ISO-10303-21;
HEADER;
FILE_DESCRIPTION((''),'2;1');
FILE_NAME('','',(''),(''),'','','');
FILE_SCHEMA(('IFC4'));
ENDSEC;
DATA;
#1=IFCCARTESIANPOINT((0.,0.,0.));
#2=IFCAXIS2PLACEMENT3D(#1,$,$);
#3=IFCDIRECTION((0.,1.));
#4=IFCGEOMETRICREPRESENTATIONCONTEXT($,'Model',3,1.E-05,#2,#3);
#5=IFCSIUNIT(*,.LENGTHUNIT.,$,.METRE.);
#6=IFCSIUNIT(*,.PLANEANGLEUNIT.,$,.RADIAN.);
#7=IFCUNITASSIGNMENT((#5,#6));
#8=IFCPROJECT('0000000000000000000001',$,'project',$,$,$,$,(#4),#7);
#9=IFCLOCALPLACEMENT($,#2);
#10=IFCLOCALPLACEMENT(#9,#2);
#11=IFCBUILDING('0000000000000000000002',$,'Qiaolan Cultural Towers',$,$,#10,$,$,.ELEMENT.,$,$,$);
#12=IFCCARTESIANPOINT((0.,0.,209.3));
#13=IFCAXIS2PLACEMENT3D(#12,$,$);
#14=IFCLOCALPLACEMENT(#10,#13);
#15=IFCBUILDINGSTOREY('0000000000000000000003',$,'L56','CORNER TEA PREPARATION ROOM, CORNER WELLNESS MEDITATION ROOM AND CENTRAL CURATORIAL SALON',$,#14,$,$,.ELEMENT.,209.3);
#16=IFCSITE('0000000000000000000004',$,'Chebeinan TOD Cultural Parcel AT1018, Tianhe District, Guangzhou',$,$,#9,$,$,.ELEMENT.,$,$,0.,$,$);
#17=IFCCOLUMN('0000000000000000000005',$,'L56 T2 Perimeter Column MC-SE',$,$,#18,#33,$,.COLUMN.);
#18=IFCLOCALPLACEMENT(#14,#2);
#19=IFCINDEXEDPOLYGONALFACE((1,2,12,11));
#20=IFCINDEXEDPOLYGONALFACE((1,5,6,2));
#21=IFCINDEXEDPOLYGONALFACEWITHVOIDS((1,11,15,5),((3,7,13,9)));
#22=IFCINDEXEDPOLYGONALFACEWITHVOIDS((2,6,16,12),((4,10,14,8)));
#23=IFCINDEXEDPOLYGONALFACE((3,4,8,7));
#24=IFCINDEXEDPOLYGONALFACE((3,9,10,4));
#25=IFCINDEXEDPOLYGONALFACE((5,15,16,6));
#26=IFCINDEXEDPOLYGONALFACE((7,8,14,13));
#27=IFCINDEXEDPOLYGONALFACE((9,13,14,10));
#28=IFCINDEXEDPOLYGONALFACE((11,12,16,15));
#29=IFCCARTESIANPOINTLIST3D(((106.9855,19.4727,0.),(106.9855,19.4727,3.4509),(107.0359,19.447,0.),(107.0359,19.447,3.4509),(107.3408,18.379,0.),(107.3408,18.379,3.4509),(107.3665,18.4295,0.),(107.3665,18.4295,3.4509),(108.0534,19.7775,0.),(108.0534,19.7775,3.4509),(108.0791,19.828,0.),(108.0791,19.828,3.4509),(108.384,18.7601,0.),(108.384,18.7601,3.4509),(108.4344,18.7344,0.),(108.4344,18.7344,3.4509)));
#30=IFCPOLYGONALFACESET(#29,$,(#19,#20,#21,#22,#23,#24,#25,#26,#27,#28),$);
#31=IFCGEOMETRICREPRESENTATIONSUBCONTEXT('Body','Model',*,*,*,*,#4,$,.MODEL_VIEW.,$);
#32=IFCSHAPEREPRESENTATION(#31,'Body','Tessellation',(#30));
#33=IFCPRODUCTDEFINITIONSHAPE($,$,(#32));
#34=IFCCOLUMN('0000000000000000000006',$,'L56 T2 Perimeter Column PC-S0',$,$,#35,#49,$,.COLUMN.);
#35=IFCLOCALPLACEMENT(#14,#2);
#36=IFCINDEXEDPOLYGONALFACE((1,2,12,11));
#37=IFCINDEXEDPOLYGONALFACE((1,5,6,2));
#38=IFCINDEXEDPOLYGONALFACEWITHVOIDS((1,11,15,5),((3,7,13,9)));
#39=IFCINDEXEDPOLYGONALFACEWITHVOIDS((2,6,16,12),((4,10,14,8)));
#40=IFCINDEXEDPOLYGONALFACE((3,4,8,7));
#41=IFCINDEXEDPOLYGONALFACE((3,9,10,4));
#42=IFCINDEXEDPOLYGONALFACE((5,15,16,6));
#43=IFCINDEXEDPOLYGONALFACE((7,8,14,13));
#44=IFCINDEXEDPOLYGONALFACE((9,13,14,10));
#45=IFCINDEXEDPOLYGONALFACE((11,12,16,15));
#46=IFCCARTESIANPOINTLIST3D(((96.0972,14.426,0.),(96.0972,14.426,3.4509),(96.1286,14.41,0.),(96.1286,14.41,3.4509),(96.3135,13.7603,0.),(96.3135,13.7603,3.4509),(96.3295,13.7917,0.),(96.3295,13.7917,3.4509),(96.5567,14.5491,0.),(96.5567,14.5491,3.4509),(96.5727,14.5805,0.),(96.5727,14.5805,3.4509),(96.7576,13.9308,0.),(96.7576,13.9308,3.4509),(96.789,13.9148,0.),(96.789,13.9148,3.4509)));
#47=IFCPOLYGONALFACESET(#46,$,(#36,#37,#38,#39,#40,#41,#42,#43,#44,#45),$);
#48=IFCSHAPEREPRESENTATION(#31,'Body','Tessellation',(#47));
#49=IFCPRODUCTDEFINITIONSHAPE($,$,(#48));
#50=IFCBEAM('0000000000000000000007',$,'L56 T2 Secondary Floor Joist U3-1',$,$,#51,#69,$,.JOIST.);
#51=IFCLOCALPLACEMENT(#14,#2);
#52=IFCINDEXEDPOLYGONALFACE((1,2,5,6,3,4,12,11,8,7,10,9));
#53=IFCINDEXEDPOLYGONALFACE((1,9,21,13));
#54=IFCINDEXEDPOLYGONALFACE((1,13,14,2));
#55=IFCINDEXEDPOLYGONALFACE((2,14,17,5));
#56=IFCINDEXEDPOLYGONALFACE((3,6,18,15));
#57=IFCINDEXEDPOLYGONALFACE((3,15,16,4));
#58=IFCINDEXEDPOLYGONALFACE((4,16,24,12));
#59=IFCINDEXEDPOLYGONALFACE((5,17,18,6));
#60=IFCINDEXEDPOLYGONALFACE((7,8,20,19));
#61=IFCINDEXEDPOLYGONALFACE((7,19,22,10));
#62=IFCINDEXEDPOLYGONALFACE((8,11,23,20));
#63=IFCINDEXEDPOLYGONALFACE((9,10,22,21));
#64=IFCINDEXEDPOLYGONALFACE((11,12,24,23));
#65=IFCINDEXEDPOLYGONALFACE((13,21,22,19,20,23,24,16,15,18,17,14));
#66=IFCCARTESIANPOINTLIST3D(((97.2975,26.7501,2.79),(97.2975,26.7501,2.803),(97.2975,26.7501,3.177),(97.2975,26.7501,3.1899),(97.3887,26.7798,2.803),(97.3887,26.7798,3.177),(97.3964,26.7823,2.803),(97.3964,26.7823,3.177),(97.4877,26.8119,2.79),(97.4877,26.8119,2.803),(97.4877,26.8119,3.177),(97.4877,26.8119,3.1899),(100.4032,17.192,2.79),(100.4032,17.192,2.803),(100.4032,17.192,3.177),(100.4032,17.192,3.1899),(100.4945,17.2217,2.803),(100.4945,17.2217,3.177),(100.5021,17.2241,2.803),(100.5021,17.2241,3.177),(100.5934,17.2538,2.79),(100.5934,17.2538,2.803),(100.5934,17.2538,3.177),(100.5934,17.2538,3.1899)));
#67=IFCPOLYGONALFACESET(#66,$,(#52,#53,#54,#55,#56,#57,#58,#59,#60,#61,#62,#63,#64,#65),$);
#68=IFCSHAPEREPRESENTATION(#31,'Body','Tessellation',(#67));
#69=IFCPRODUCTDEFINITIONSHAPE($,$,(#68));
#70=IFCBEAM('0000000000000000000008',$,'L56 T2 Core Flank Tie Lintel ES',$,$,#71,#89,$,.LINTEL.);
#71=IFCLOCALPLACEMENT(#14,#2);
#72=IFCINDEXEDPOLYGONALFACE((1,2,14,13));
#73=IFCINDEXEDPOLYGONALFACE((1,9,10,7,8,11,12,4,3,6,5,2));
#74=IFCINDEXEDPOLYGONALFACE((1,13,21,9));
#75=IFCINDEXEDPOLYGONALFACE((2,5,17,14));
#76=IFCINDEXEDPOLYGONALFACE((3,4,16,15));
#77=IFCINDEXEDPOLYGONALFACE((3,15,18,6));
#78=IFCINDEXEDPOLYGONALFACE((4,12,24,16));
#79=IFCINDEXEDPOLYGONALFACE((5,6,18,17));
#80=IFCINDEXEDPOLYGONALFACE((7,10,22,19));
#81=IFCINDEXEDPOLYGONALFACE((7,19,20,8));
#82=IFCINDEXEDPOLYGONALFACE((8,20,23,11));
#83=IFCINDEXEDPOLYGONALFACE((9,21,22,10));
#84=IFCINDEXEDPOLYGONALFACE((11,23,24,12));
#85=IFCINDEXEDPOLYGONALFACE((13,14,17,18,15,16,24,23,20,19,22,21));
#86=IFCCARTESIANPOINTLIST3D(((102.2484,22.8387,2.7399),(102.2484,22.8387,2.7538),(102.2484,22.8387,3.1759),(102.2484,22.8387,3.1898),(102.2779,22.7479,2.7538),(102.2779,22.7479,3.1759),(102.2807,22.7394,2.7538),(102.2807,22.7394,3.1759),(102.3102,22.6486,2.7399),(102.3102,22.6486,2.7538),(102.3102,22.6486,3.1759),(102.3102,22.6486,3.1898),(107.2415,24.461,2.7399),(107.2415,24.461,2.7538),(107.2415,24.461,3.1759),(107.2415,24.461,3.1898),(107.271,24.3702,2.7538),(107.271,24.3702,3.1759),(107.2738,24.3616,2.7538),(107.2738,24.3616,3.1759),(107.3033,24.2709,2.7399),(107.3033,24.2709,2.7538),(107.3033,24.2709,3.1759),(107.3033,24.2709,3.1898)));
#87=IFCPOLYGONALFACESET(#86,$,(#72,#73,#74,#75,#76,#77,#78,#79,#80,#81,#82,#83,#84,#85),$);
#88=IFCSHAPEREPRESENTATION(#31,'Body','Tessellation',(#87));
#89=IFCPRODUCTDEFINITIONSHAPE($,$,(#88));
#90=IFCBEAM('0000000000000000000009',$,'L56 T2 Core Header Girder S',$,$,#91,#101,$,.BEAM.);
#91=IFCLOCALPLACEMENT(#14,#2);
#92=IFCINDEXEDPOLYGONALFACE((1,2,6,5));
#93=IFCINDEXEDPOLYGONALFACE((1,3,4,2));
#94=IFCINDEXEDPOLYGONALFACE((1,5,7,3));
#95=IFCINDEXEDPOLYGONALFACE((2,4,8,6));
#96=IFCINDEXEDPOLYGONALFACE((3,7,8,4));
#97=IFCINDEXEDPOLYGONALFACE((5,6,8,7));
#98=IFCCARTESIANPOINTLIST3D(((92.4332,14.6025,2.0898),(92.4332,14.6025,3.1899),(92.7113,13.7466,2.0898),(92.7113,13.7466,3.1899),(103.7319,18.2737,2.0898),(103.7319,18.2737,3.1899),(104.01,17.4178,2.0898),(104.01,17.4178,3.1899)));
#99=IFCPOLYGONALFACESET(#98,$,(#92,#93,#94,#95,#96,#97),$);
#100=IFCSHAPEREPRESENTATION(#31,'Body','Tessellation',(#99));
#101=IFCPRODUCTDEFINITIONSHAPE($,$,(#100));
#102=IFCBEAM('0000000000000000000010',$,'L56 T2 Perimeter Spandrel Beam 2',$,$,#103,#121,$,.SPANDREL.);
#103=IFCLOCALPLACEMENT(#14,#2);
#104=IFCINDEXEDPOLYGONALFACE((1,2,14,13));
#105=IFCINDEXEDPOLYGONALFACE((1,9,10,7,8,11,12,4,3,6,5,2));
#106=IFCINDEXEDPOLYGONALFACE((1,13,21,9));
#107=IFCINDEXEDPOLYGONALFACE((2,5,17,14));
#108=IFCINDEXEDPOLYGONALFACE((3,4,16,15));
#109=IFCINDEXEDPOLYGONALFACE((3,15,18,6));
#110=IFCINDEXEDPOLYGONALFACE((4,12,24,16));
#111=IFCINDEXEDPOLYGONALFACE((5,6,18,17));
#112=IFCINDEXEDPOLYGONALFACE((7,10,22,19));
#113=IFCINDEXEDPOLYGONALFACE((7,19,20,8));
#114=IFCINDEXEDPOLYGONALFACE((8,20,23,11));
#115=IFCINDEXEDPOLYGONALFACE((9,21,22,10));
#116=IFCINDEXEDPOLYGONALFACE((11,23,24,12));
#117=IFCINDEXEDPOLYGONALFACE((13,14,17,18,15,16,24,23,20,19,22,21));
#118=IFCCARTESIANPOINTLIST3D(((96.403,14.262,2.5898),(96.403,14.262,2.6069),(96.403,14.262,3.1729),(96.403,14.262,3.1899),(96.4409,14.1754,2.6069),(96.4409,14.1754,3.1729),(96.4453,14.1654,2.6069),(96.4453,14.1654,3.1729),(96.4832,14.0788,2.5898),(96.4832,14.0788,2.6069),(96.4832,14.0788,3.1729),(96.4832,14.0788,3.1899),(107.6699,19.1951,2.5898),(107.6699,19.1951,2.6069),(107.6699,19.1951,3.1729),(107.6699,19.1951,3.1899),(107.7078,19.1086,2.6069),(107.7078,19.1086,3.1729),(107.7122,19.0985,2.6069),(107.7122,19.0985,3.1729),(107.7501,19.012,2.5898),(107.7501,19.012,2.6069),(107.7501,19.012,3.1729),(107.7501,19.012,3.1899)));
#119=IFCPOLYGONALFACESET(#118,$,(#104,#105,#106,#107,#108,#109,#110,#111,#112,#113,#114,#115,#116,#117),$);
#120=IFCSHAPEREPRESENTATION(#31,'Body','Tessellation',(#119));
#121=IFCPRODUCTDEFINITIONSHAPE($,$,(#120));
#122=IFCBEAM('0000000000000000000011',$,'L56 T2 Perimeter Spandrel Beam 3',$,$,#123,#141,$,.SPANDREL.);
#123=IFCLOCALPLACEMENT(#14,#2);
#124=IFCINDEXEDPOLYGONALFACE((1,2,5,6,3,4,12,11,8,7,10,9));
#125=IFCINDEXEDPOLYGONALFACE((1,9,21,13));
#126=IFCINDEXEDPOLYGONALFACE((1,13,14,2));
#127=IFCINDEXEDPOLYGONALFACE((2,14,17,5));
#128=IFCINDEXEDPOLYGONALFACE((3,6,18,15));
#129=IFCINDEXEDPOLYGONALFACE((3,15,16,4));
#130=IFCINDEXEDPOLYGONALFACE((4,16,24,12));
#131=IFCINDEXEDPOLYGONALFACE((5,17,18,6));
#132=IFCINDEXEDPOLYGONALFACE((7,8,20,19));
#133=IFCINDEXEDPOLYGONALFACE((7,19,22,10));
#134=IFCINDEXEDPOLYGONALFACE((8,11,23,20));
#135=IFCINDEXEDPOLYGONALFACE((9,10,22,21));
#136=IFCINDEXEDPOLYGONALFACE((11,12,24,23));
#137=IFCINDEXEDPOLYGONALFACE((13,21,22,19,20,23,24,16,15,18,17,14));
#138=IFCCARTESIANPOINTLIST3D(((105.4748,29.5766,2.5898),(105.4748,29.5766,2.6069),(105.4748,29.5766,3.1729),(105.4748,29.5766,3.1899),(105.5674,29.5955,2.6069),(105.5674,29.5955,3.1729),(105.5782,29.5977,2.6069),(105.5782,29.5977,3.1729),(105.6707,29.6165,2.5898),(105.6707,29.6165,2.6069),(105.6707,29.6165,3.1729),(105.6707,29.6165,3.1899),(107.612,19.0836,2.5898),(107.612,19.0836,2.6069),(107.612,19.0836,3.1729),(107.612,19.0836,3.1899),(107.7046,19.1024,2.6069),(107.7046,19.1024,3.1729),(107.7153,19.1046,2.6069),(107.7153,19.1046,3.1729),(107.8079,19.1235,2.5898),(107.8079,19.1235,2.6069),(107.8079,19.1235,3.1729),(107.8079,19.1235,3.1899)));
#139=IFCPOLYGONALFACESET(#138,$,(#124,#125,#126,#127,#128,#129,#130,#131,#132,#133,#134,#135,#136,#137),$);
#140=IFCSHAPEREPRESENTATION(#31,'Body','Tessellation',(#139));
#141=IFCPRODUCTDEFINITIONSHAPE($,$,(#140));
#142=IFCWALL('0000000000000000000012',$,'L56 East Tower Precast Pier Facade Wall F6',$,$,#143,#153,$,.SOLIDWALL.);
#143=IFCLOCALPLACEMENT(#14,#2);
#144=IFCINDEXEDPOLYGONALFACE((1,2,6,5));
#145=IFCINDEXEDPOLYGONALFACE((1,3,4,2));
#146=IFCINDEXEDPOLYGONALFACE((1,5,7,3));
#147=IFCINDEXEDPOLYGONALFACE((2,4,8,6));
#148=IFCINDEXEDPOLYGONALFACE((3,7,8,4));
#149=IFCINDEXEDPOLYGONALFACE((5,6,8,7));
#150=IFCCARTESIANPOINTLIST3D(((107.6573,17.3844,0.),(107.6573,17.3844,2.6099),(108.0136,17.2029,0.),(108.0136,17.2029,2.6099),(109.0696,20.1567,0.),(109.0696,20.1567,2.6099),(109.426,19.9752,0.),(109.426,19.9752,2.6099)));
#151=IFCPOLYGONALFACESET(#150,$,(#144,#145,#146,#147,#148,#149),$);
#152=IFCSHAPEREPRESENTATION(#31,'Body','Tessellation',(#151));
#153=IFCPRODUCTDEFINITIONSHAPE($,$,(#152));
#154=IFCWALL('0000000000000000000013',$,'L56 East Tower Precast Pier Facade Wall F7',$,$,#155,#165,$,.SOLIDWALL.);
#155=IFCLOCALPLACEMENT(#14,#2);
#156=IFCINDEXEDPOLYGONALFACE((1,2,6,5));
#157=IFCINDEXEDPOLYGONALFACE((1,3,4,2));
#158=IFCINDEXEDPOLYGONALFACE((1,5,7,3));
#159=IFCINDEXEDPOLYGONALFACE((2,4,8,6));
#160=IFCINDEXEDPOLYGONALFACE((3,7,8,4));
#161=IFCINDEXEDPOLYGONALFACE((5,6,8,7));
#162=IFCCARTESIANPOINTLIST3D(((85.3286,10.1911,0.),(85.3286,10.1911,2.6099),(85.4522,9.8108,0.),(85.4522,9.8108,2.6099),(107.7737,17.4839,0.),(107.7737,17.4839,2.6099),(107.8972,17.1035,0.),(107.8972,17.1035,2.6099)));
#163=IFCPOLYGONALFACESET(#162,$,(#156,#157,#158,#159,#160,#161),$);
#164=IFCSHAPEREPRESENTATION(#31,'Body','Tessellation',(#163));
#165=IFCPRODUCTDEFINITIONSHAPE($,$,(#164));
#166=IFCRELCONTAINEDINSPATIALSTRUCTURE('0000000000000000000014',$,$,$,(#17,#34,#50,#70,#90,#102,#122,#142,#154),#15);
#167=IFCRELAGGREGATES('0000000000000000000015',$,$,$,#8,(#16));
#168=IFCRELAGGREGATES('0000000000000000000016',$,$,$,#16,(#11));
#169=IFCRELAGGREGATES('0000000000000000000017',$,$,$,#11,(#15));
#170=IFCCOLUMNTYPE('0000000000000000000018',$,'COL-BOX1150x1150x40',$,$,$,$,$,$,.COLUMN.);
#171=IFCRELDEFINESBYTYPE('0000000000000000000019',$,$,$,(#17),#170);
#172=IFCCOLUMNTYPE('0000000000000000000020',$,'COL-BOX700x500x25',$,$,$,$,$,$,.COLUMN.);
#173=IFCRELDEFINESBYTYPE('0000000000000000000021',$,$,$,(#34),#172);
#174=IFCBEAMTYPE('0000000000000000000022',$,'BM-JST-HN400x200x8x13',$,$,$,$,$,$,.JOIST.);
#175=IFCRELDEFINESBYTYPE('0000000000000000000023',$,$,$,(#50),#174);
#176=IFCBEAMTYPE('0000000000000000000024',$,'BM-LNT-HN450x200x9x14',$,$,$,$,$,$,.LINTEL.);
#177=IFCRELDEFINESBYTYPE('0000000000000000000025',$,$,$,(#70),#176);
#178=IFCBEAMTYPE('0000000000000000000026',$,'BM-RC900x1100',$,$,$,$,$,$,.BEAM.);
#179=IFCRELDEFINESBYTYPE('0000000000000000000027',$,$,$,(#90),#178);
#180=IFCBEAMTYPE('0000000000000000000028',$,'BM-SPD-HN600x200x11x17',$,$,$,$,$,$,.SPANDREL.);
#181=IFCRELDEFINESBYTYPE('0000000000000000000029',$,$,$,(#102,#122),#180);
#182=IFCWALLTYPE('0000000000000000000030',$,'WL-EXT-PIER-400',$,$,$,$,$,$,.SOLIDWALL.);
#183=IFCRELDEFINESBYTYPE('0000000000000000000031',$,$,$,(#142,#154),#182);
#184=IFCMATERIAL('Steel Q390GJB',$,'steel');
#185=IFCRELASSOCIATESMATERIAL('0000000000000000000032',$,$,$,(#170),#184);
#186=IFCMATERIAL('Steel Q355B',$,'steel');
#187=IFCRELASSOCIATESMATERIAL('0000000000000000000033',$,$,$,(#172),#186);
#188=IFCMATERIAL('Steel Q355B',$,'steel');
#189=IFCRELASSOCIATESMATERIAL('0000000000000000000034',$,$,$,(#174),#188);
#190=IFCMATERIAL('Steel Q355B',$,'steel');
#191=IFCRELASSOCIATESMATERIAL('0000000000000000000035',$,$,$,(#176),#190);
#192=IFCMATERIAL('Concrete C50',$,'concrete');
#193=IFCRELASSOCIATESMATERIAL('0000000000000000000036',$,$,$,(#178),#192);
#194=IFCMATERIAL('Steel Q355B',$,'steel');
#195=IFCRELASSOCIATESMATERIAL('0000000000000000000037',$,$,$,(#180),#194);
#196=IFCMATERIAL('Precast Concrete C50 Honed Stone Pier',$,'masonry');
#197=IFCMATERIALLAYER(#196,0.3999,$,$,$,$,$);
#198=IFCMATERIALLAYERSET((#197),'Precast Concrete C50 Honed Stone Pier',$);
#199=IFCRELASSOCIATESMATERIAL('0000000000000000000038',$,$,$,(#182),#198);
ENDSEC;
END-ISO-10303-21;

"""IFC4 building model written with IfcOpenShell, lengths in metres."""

from ifc_helpers import new_model, si_unit, direction, frame, frame_2d, origin, origin_2d, place, context, subcontext, project, spatial, rectangle, hollow_rectangle, i_section, extrude, material, layer, layer_set, material_profile, profile_set, type_object, element, save


model = new_model("IFC4")

# Units and contexts
model_context = context("Model", 3, precision=1e-05, world=origin(), true_north=direction((0.0, 1.0)))
body_context = subcontext(model_context, "Body", "Model", "MODEL_VIEW")
ifc_project = project(units=[si_unit("LENGTHUNIT", "METRE"), si_unit("PLANEANGLEUNIT", "RADIAN")], contexts=[model_context])

# Site, building, storey
site_placement = place(None, origin())
site = spatial("IfcSite", under=ifc_project, at=site_placement, Name="Chebeinan TOD Cultural Parcel AT1018, Tianhe District, Guangzhou", CompositionType="ELEMENT", RefElevation=0.0)
building_placement = place(site_placement, origin())
building = spatial("IfcBuilding", under=site, at=building_placement, Name="Qiaolan Cultural Towers", CompositionType="ELEMENT")
storey_placement = place(building_placement, frame((0.0, 0.0, 209.3)))
storey = spatial("IfcBuildingStorey", under=building, at=storey_placement, Name="L56", Description="CORNER TEA PREPARATION ROOM, CORNER WELLNESS MEDITATION ROOM AND CENTRAL CURATORIAL SALON", CompositionType="ELEMENT", Elevation=209.3)

# Columns
ifc_material_1 = material(Name="Steel Q390GJB", Category="steel")
ifc_material_profile_1 = material_profile(ifc_material_1, hollow_rectangle(XDim=1.1499, YDim=1.1499, WallThickness=0.04, at=origin_2d()), Name="BOX1150x1150x40")
ifc_profile_set_1 = profile_set([ifc_material_profile_1], Name="Steel Q390GJB")
column_type_1 = type_object("IfcColumnType", Name="COL-BOX1150x1150x40", PredefinedType="COLUMN", material=ifc_profile_set_1)
column_1_placement = place(storey_placement, frame((107.71, 19.1035, 0.0), z_axis=(0.0, 0.0, 1.0), x_axis=(0.951057, 0.309017, 0.0)))
element("IfcColumn", 1, at=column_1_placement, inside=storey, type_object=column_type_1, Name="L56 T2 Perimeter Column MC-SE", PredefinedType="COLUMN", context=body_context, shape_type="SweptSolid", body=[
    extrude(hollow_rectangle(XDim=1.1499, YDim=1.1499, WallThickness=0.04, at=origin_2d()), origin(), (0.0, 0.0, 1.0), 3.4509),
])
ifc_material_2 = material(Name="Steel Q355B", Category="steel")
ifc_material_profile_2 = material_profile(ifc_material_2, hollow_rectangle(XDim=0.5, YDim=0.7, WallThickness=0.0249, at=origin_2d()), Name="BOX700x500x25")
ifc_profile_set_2 = profile_set([ifc_material_profile_2], Name="Steel Q355B")
column_type_2 = type_object("IfcColumnType", Name="COL-BOX700x500x25", PredefinedType="COLUMN", material=ifc_profile_set_2)
column_2_placement = place(storey_placement, frame((96.4431, 14.1704, 0.0), z_axis=(0.0, 0.0, 1.0), x_axis=(0.951057, 0.309017, 0.0)))
element("IfcColumn", 2, at=column_2_placement, inside=storey, type_object=column_type_2, Name="L56 T2 Perimeter Column PC-S0", PredefinedType="COLUMN", context=body_context, shape_type="SweptSolid", body=[
    extrude(hollow_rectangle(XDim=0.5, YDim=0.7, WallThickness=0.0249, at=origin_2d()), origin(), (0.0, 0.0, 1.0), 3.4509),
])

# Beams
ifc_material_3 = material(Name="Steel Q355B", Category="steel")
ifc_material_profile_3 = material_profile(ifc_material_3, i_section(OverallWidth=0.2, OverallDepth=0.3999, WebThickness=0.0081, FlangeThickness=0.0129, at=origin_2d()), Name="HN400x200x8x13")
ifc_profile_set_3 = profile_set([ifc_material_profile_3], Name="Steel Q355B")
beam_type_1 = type_object("IfcBeamType", Name="BM-JST-HN400x200x8x13", PredefinedType="JOIST", material=ifc_profile_set_3)
beam_1_placement = place(storey_placement, frame((100.4983, 17.2229, 2.99), z_axis=(-0.309026, 0.951054, 0.0), x_axis=(-0.951054, -0.309026, 0.0)))
element("IfcBeam", 3, at=beam_1_placement, inside=storey, type_object=beam_type_1, Name="L56 T2 Secondary Floor Joist U3-1", PredefinedType="JOIST", context=body_context, shape_type="SweptSolid", body=[
    extrude(i_section(OverallWidth=0.2, OverallDepth=0.3999, WebThickness=0.0081, FlangeThickness=0.0129, at=origin_2d()), origin(), (0.0, 0.0, 1.0), 10.05),
])
ifc_material_4 = material(Name="Steel Q355B", Category="steel")
ifc_material_profile_4 = material_profile(ifc_material_4, i_section(OverallWidth=0.2, OverallDepth=0.45, WebThickness=0.009, FlangeThickness=0.0139, at=origin_2d()), Name="HN450x200x9x14")
ifc_profile_set_4 = profile_set([ifc_material_profile_4], Name="Steel Q355B")
beam_type_2 = type_object("IfcBeamType", Name="BM-LNT-HN450x200x9x14", PredefinedType="LINTEL", material=ifc_profile_set_4)
beam_2_placement = place(storey_placement, frame((102.2793, 22.7437, 2.9648), z_axis=(0.95106, 0.309006, 0.0), x_axis=(-0.309006, 0.95106, 0.0)))
element("IfcBeam", 4, at=beam_2_placement, inside=storey, type_object=beam_type_2, Name="L56 T2 Core Flank Tie Lintel ES", PredefinedType="LINTEL", context=body_context, shape_type="SweptSolid", body=[
    extrude(i_section(OverallWidth=0.2, OverallDepth=0.45, WebThickness=0.009, FlangeThickness=0.0139, at=origin_2d()), origin(), (0.0, 0.0, 1.0), 5.25),
])
ifc_material_5 = material(Name="Concrete C50", Category="concrete")
ifc_material_profile_5 = material_profile(ifc_material_5, rectangle(XDim=0.8999, YDim=1.1001, at=origin_2d()), Name="RC900x1100")
ifc_profile_set_5 = profile_set([ifc_material_profile_5], Name="Concrete C50")
beam_type_3 = type_object("IfcBeamType", Name="BM-RC900x1100", PredefinedType="BEAM", material=ifc_profile_set_5)
beam_3_placement = place(storey_placement, frame((92.5723, 14.1746, 2.6399), z_axis=(0.951056, 0.309018, 0.0), x_axis=(-0.309018, 0.951056, 0.0)))
element("IfcBeam", 5, at=beam_3_placement, inside=storey, type_object=beam_type_3, Name="L56 T2 Core Header Girder S", PredefinedType="BEAM", context=body_context, shape_type="SweptSolid", body=[
    extrude(rectangle(XDim=0.8999, YDim=1.1001, at=origin_2d()), origin(), (0.0, 0.0, 1.0), 11.8801),
])
ifc_material_6 = material(Name="Steel Q355B", Category="steel")
ifc_material_profile_6 = material_profile(ifc_material_6, i_section(OverallWidth=0.2, OverallDepth=0.6001, WebThickness=0.011, FlangeThickness=0.0171, at=origin_2d()), Name="HN600x200x11x17")
ifc_profile_set_6 = profile_set([ifc_material_profile_6], Name="Steel Q355B")
beam_type_4 = type_object("IfcBeamType", Name="BM-SPD-HN600x200x11x17", PredefinedType="SPANDREL", material=ifc_profile_set_6)
beam_4_placement = place(storey_placement, frame((96.4431, 14.1704, 2.8899), z_axis=(0.916042, 0.401082, 0.0), x_axis=(-0.401082, 0.916042, 0.0)))
element("IfcBeam", 6, at=beam_4_placement, inside=storey, type_object=beam_type_4, Name="L56 T2 Perimeter Spandrel Beam 2", PredefinedType="SPANDREL", context=body_context, shape_type="SweptSolid", body=[
    extrude(i_section(OverallWidth=0.2, OverallDepth=0.6001, WebThickness=0.011, FlangeThickness=0.0171, at=origin_2d()), origin(), (0.0, 0.0, 1.0), 12.2996),
])
beam_5_placement = place(storey_placement, frame((107.71, 19.1035, 2.8899), z_axis=(-0.199579, 0.979882, 0.0), x_axis=(-0.979882, -0.199579, 0.0)))
element("IfcBeam", 7, at=beam_5_placement, inside=storey, type_object=beam_type_4, Name="L56 T2 Perimeter Spandrel Beam 3", PredefinedType="SPANDREL", context=body_context, shape_type="SweptSolid", body=[
    extrude(i_section(OverallWidth=0.2, OverallDepth=0.6001, WebThickness=0.011, FlangeThickness=0.0171, at=origin_2d()), origin(), (0.0, 0.0, 1.0), 10.7085),
])

# Walls
ifc_material_7 = material(Name="Precast Concrete C50 Honed Stone Pier", Category="masonry")
ifc_layer_1 = layer(ifc_material_7, 0.3999)
ifc_layer_set_1 = layer_set([ifc_layer_1], Name="Precast Concrete C50 Honed Stone Pier")
wall_type_1 = type_object("IfcWallType", Name="WL-EXT-PIER-400", PredefinedType="SOLIDWALL", material=ifc_layer_set_1)
wall_1_placement = place(storey_placement, frame((109.2478, 20.0659, 0.0), z_axis=(0.0, 0.0, 1.0), x_axis=(-0.453949, -0.891028, 0.0)))
element("IfcWall", 8, at=wall_1_placement, inside=storey, type_object=wall_type_1, Name="L56 East Tower Precast Pier Facade Wall F6", PredefinedType="SOLIDWALL", context=body_context, shape_type="SweptSolid", body=[
    extrude(rectangle(XDim=3.1113, YDim=0.3999, at=frame_2d((1.5557, 0.0))), origin(), (0.0, 0.0, 1.0), 2.6099),
])
wall_2_placement = place(storey_placement, frame((107.8354, 17.2937, 0.0), z_axis=(0.0, 0.0, 1.0), x_axis=(-0.951058, -0.309012, 0.0)))
element("IfcWall", 9, at=wall_2_placement, inside=storey, type_object=wall_type_1, Name="L56 East Tower Precast Pier Facade Wall F7", PredefinedType="SOLIDWALL", context=body_context, shape_type="SweptSolid", body=[
    extrude(rectangle(XDim=23.6001, YDim=0.3999, at=frame_2d((11.8, 0.0))), origin(), (0.0, 0.0, 1.0), 2.6099),
])

save(model, "model.ifc")
